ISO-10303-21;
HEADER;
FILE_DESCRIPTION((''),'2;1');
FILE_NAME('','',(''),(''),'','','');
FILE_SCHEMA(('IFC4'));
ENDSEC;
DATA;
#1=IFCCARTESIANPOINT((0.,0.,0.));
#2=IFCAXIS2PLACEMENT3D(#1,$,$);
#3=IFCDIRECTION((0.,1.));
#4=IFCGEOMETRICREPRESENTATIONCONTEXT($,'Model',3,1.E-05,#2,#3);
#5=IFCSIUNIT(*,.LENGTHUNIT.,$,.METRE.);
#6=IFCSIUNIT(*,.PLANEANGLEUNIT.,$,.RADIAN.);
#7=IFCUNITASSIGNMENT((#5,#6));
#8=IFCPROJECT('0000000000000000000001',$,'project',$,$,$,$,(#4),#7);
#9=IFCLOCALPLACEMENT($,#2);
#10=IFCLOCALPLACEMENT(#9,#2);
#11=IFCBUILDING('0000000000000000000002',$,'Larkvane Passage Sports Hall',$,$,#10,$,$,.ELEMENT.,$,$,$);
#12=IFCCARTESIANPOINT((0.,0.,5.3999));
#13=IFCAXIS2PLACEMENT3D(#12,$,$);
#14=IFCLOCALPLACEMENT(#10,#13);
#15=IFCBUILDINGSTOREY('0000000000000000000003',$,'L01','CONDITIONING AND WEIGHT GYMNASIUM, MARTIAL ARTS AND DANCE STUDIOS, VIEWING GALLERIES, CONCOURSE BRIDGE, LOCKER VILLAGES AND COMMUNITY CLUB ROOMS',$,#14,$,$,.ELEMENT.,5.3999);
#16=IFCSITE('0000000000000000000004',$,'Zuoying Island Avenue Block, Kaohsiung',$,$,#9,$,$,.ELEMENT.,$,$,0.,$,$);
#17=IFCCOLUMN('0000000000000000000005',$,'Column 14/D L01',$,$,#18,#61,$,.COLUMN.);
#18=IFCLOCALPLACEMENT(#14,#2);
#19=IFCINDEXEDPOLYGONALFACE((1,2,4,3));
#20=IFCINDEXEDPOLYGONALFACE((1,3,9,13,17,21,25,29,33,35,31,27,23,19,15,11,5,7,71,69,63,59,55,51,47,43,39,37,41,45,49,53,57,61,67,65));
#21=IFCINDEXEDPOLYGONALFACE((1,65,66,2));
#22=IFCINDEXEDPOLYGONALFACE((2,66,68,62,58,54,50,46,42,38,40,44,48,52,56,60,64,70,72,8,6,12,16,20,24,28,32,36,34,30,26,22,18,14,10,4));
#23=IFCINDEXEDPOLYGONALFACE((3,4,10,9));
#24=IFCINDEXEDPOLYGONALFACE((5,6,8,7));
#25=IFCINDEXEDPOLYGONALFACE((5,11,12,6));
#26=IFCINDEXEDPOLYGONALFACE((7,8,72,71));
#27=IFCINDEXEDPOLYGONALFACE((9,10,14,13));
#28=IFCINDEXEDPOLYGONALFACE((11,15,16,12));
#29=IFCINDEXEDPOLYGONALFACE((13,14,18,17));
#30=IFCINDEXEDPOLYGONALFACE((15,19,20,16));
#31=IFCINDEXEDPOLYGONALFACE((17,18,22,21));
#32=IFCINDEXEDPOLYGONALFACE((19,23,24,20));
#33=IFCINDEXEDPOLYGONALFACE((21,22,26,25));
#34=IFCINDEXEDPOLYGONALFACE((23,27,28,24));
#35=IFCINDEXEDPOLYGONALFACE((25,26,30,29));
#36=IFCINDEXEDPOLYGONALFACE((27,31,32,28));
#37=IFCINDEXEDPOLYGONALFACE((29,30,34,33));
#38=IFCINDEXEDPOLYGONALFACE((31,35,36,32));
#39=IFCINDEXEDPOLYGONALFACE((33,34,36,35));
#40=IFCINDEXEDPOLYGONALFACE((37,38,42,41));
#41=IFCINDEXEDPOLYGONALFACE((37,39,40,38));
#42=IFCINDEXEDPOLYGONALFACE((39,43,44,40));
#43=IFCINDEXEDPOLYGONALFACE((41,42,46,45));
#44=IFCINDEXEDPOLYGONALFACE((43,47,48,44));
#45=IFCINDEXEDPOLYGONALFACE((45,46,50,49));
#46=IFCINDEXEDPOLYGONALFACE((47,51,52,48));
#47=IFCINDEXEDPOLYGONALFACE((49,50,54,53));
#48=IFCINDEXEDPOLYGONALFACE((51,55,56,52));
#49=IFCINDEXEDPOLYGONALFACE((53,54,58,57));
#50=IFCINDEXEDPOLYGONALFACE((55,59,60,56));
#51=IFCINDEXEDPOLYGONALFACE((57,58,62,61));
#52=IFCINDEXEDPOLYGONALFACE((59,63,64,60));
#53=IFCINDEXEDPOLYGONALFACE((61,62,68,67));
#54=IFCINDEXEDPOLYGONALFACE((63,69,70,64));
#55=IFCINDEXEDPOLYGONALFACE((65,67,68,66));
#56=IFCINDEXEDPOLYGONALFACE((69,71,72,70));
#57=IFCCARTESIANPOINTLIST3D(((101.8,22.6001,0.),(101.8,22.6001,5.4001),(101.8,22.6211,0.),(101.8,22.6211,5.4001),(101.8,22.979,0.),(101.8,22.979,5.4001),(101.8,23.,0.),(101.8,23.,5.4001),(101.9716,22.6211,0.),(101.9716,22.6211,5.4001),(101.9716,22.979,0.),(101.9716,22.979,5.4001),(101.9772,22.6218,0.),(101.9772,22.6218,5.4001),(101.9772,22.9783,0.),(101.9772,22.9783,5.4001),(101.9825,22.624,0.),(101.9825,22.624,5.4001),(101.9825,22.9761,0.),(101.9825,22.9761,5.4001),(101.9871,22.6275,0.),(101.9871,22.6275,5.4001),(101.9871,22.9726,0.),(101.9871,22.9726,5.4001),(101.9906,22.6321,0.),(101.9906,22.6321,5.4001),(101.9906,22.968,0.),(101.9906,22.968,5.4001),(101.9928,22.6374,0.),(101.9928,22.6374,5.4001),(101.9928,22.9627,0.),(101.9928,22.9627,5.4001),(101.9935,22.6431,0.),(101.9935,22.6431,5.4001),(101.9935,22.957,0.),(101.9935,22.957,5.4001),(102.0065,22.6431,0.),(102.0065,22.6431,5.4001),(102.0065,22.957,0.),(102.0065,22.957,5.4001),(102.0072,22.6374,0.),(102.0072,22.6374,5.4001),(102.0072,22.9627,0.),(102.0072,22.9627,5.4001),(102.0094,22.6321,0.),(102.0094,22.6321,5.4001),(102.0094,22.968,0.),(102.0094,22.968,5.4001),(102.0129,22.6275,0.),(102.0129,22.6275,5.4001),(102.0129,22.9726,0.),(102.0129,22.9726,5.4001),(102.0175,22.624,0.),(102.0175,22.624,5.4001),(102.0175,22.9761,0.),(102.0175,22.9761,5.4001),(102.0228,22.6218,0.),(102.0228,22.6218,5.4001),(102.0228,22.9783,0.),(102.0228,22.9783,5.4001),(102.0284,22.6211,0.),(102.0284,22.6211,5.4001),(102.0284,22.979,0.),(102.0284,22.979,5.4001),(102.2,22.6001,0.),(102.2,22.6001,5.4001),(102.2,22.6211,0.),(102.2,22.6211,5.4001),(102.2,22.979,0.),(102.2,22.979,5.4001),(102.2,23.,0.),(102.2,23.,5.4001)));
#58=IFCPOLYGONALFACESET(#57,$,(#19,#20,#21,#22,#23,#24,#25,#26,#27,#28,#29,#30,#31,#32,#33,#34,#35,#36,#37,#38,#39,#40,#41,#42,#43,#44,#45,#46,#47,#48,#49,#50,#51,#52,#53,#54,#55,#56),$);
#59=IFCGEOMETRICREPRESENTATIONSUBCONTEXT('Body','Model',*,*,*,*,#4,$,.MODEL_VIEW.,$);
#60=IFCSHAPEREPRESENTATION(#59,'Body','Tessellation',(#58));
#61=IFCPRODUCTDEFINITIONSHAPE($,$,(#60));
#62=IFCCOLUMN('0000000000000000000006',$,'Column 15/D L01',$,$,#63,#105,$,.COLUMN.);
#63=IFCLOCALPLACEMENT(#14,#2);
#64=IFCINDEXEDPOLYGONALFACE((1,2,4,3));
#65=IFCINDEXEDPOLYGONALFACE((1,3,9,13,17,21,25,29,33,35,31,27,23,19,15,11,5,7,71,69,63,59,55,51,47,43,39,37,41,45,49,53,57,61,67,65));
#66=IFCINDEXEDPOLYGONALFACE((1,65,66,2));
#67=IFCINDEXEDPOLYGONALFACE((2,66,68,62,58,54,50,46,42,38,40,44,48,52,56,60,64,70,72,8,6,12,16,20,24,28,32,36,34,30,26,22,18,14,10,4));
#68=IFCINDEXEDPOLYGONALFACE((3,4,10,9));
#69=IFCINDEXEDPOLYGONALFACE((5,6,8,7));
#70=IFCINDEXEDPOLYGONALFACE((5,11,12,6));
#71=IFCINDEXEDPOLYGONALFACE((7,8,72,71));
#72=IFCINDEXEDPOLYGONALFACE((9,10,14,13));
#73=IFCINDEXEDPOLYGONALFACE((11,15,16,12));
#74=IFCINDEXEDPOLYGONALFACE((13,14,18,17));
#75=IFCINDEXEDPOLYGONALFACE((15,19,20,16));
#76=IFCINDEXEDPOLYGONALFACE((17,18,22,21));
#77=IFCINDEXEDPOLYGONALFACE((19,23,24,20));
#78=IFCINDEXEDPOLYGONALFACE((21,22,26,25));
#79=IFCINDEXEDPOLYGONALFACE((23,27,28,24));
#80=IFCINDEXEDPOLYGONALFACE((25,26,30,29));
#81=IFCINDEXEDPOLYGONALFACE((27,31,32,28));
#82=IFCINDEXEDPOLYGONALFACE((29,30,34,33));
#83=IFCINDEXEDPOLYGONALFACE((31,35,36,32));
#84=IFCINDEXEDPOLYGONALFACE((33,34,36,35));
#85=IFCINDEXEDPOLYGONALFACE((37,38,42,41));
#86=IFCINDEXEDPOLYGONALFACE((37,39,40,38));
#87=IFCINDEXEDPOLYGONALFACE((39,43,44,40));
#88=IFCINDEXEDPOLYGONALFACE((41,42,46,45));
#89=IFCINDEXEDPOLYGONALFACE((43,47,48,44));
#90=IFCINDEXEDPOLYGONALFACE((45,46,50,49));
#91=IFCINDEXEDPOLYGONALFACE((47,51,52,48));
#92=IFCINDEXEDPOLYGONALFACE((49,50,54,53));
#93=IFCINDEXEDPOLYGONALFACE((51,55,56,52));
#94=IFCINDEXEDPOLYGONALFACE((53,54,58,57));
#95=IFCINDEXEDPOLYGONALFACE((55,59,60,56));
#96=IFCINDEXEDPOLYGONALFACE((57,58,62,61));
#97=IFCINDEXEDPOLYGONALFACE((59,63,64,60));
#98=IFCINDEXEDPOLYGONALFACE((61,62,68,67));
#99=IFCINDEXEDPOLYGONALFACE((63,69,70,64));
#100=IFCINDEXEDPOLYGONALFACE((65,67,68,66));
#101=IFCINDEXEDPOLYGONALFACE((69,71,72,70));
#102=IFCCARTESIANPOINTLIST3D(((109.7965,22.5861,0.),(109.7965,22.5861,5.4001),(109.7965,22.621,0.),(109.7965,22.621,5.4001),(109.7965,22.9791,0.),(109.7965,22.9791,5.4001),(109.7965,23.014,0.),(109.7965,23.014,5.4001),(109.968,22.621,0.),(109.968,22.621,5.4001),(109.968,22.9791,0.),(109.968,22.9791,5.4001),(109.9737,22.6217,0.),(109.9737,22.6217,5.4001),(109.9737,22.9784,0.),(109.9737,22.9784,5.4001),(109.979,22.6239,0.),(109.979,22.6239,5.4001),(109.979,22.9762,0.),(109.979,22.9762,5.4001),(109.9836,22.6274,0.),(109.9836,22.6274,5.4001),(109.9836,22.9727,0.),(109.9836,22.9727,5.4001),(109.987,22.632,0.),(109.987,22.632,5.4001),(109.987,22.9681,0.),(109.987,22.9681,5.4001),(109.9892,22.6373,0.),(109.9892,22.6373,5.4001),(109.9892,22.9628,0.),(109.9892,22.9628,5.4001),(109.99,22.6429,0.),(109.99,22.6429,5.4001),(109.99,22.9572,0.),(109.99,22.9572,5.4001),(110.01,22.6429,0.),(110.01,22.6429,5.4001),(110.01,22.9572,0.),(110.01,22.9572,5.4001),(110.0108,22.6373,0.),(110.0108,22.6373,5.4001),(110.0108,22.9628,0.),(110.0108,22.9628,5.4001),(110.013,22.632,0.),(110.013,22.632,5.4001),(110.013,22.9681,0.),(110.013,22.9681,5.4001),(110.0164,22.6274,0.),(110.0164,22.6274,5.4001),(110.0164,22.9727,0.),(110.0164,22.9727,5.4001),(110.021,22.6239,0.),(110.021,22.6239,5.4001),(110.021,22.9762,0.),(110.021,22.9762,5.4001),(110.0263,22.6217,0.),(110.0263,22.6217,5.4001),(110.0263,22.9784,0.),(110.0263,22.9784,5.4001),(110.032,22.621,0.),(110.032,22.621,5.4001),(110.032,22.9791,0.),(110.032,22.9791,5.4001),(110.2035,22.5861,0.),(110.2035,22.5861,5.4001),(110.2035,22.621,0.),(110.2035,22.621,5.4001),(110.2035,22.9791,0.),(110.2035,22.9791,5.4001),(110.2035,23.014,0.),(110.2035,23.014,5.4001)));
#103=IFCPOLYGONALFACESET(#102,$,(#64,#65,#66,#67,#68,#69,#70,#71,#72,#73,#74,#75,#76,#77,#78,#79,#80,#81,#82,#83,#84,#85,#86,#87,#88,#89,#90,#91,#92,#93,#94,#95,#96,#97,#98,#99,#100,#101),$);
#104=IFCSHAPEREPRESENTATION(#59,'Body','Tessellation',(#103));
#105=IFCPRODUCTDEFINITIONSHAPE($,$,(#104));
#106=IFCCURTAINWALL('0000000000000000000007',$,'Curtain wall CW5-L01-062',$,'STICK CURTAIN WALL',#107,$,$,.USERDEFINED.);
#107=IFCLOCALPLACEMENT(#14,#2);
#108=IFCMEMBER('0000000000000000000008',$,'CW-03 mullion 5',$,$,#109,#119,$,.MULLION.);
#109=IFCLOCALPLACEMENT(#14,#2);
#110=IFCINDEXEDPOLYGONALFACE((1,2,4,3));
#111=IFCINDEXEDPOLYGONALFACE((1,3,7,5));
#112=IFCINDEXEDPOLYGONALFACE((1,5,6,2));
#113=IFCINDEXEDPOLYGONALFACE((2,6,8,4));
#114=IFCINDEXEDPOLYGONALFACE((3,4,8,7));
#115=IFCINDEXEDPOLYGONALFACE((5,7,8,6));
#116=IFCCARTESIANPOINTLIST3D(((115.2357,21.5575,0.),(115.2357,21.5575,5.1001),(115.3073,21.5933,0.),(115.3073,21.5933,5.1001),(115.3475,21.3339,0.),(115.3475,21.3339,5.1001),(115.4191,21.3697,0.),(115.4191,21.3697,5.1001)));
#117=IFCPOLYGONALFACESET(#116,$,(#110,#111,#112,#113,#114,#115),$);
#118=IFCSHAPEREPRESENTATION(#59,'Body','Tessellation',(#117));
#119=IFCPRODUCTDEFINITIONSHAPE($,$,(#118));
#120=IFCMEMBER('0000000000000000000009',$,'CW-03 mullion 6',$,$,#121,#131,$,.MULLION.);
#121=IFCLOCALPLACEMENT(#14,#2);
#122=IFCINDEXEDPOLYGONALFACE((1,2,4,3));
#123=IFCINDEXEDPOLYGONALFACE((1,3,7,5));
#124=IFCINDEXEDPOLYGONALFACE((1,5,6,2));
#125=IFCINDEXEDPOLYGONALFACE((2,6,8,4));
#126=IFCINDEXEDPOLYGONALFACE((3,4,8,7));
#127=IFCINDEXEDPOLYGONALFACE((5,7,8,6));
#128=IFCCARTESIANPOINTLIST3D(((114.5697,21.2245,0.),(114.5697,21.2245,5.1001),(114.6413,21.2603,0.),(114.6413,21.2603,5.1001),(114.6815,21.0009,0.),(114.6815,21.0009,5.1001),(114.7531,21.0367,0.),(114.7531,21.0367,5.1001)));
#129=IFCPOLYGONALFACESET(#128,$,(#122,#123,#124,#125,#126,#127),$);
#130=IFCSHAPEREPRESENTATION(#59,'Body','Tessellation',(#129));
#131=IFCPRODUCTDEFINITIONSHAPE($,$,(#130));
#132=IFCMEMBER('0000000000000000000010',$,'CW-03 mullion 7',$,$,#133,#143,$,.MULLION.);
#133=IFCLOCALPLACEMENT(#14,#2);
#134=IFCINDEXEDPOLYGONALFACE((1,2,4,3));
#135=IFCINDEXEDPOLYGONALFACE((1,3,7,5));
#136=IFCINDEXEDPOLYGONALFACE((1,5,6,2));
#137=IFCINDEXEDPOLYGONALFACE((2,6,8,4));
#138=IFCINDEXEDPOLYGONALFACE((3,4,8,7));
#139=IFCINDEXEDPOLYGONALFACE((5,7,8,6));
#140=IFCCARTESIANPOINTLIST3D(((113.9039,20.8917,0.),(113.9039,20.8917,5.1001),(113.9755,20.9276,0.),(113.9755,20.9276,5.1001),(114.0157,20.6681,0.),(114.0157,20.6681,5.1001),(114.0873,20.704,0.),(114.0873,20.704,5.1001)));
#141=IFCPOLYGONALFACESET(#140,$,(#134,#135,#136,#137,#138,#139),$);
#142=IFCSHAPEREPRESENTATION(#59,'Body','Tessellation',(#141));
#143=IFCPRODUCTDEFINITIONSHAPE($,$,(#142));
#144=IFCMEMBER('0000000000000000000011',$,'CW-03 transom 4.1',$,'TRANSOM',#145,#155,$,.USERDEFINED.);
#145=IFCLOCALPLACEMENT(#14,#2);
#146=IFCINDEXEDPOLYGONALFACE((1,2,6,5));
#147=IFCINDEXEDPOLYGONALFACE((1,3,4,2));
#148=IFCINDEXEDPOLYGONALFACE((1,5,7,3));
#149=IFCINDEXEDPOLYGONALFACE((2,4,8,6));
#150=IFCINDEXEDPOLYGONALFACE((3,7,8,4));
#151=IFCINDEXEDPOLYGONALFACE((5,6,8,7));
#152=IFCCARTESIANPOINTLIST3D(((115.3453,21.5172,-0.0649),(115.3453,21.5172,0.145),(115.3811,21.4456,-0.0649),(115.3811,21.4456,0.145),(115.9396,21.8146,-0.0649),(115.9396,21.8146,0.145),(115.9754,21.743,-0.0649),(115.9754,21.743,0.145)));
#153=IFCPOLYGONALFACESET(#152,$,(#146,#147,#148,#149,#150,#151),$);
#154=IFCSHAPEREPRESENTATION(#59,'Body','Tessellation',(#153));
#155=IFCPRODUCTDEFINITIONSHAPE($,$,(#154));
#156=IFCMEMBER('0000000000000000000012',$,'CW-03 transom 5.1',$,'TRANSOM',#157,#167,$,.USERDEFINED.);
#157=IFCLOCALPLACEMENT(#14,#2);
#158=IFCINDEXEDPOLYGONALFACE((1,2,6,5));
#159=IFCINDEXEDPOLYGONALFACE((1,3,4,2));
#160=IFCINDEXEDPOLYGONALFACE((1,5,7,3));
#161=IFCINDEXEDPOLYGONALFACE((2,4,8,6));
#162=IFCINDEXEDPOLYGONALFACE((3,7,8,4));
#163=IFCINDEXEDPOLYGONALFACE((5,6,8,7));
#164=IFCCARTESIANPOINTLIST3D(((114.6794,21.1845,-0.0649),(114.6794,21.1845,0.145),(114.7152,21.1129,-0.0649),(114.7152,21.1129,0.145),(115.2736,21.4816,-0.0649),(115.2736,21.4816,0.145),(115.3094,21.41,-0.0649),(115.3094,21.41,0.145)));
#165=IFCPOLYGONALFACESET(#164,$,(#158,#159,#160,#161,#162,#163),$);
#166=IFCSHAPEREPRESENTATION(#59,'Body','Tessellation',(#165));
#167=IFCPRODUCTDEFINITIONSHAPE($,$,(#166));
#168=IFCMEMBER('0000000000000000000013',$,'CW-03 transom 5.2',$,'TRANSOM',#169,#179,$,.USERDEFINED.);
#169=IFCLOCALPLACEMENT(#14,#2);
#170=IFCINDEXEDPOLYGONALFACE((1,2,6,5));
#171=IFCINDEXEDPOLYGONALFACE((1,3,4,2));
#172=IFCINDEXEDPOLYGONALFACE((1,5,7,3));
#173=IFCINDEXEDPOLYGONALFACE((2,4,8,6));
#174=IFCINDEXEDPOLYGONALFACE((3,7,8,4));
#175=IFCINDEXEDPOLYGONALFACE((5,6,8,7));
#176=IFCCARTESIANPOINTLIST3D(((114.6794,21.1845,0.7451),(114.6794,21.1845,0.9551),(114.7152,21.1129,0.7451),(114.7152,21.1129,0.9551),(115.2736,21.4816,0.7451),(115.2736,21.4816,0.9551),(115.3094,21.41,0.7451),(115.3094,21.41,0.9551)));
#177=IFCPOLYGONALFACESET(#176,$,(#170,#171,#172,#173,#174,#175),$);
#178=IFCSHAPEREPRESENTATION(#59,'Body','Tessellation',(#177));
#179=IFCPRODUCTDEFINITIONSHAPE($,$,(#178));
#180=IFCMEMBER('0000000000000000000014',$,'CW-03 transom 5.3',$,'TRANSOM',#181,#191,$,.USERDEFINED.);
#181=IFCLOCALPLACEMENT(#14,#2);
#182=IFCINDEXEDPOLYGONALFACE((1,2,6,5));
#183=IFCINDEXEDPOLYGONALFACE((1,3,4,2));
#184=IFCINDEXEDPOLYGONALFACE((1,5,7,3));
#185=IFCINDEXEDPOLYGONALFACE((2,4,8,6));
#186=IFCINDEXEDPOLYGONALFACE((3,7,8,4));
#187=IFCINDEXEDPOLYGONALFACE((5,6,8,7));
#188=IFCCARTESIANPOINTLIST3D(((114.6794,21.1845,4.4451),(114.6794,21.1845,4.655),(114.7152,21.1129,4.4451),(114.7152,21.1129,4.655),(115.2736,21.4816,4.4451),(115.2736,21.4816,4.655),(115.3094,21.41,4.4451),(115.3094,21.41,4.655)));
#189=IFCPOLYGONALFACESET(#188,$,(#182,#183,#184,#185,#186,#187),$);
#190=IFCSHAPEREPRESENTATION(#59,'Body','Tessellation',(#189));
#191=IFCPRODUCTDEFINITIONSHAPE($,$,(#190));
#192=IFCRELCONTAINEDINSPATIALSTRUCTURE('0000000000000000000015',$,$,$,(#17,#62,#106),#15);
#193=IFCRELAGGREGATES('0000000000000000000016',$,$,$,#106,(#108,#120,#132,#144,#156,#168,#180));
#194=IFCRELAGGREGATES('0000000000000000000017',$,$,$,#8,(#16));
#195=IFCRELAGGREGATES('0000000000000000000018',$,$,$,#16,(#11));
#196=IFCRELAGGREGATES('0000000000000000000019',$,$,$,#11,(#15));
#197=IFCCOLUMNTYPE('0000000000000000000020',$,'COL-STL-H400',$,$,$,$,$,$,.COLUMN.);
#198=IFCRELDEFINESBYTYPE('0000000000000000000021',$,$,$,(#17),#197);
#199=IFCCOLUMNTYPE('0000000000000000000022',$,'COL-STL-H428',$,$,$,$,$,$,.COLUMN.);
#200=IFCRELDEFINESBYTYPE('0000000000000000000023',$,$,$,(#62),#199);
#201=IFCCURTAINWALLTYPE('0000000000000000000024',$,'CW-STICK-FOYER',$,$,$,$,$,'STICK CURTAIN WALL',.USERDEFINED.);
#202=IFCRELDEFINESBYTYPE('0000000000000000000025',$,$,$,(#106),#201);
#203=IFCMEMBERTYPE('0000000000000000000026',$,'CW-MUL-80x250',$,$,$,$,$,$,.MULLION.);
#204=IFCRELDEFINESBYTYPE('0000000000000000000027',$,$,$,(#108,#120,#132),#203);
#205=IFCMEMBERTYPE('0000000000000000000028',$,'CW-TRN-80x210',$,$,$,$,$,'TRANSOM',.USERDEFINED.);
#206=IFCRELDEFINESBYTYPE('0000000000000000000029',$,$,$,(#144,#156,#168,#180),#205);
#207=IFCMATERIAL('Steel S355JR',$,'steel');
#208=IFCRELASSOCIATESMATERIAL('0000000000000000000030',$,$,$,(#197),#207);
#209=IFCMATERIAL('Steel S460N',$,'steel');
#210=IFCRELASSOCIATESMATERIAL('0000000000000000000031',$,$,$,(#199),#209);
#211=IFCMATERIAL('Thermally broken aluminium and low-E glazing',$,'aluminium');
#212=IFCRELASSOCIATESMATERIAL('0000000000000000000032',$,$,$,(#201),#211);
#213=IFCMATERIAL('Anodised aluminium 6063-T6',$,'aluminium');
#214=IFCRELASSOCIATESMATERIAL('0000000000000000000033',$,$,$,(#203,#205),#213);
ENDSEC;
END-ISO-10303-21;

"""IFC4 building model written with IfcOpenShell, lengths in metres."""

from ifc_helpers import new_model, si_unit, direction, frame, origin, origin_2d, place, context, subcontext, project, spatial, rectangle, i_section, extrude, material, material_profile, profile_set, type_object, element, aggregate, save


model = new_model("IFC4")

# Units and contexts
model_context = context("Model", 3, precision=1e-05, world=origin(), true_north=direction((0.0, 1.0)))
body_context = subcontext(model_context, "Body", "Model", "MODEL_VIEW")
ifc_project = project(units=[si_unit("LENGTHUNIT", "METRE"), si_unit("PLANEANGLEUNIT", "RADIAN")], contexts=[model_context])

# Site, building, storey
site_placement = place(None, origin())
site = spatial("IfcSite", under=ifc_project, at=site_placement, Name="Zuoying Island Avenue Block, Kaohsiung", CompositionType="ELEMENT", RefElevation=0.0)
building_placement = place(site_placement, origin())
building = spatial("IfcBuilding", under=site, at=building_placement, Name="Larkvane Passage Sports Hall", CompositionType="ELEMENT")
storey_placement = place(building_placement, frame((0.0, 0.0, 5.3999)))
storey = spatial("IfcBuildingStorey", under=building, at=storey_placement, Name="L01", Description="CONDITIONING AND WEIGHT GYMNASIUM, MARTIAL ARTS AND DANCE STUDIOS, VIEWING GALLERIES, CONCOURSE BRIDGE, LOCKER VILLAGES AND COMMUNITY CLUB ROOMS", CompositionType="ELEMENT", Elevation=5.3999)

# Columns
ifc_material_1 = material(Name="Steel S355JR", Category="steel")
ifc_material_profile_1 = material_profile(ifc_material_1, i_section(OverallWidth=0.3999, OverallDepth=0.3999, WebThickness=0.0129, FlangeThickness=0.021, FilletRadius=0.022, at=origin_2d()), Name="H-400x400x13x21")
ifc_profile_set_1 = profile_set([ifc_material_profile_1], Name="Steel S355JR")
column_type_1 = type_object("IfcColumnType", Name="COL-STL-H400", PredefinedType="COLUMN", material=ifc_profile_set_1)
column_1_placement = place(storey_placement, frame((102.0, 22.8, 0.0), z_axis=(0.0, 0.0, 1.0), x_axis=(1.0, 0.0, 0.0)))
element("IfcColumn", 1, at=column_1_placement, inside=storey, type_object=column_type_1, Name="Column 14/D L01", PredefinedType="COLUMN", context=body_context, shape_type="SweptSolid", body=[
    extrude(i_section(OverallWidth=0.3999, OverallDepth=0.3999, WebThickness=0.0129, FlangeThickness=0.021, FilletRadius=0.022, at=origin_2d()), origin(), (0.0, 0.0, 1.0), 5.4001),
])
ifc_material_2 = material(Name="Steel S460N", Category="steel")
ifc_material_profile_2 = material_profile(ifc_material_2, i_section(OverallWidth=0.407, OverallDepth=0.428, WebThickness=0.02, FlangeThickness=0.0349, FilletRadius=0.022, at=origin_2d()), Name="H-428x407x20x35")
ifc_profile_set_2 = profile_set([ifc_material_profile_2], Name="Steel S460N")
column_type_2 = type_object("IfcColumnType", Name="COL-STL-H428", PredefinedType="COLUMN", material=ifc_profile_set_2)
column_2_placement = place(storey_placement, frame((110.0, 22.8, 0.0), z_axis=(0.0, 0.0, 1.0), x_axis=(1.0, 0.0, 0.0)))
element("IfcColumn", 2, at=column_2_placement, inside=storey, type_object=column_type_2, Name="Column 15/D L01", PredefinedType="COLUMN", context=body_context, shape_type="SweptSolid", body=[
    extrude(i_section(OverallWidth=0.407, OverallDepth=0.428, WebThickness=0.02, FlangeThickness=0.0349, FilletRadius=0.022, at=origin_2d()), origin(), (0.0, 0.0, 1.0), 5.4001),
])

# Curtain wall, members
ifc_material_3 = material(Name="Thermally broken aluminium and low-E glazing", Category="aluminium")
curtain_wall_type = type_object("IfcCurtainWallType", Name="CW-STICK-FOYER", ElementType="STICK CURTAIN WALL", PredefinedType="USERDEFINED", material=ifc_material_3)
curtain_wall_placement = place(storey_placement, origin())
curtain_wall = element("IfcCurtainWall", 3, at=curtain_wall_placement, inside=storey, type_object=curtain_wall_type, Name="Curtain wall CW5-L01-062", ObjectType="STICK CURTAIN WALL", PredefinedType="USERDEFINED")
ifc_material_4 = material(Name="Anodised aluminium 6063-T6", Category="aluminium")
ifc_material_profile_3 = material_profile(ifc_material_4, rectangle(XDim=0.0801, YDim=0.25, at=origin_2d()), Name="ALU-MUL-80x250")
ifc_profile_set_3 = profile_set([ifc_material_profile_3], Name="Anodised aluminium 6063-T6")
member_type_1 = type_object("IfcMemberType", Name="CW-MUL-80x250", PredefinedType="MULLION", material=ifc_profile_set_3)
member_1_placement = place(storey_placement, frame((115.3274, 21.4636, 0.0), z_axis=(0.0, 0.0, 1.0), x_axis=(-0.894429, -0.447209, 0.0)))
member_1 = element("IfcMember", 4, at=member_1_placement, type_object=member_type_1, Name="CW-03 mullion 5", PredefinedType="MULLION", context=body_context, shape_type="SweptSolid", body=[
    extrude(rectangle(XDim=0.0801, YDim=0.25, at=origin_2d()), origin(), (0.0, 0.0, 1.0), 5.1001),
])
member_2_placement = place(storey_placement, frame((114.6614, 21.1306, 0.0), z_axis=(0.0, 0.0, 1.0), x_axis=(-0.894429, -0.447209, 0.0)))
member_2 = element("IfcMember", 5, at=member_2_placement, type_object=member_type_1, Name="CW-03 mullion 6", PredefinedType="MULLION", context=body_context, shape_type="SweptSolid", body=[
    extrude(rectangle(XDim=0.0801, YDim=0.25, at=origin_2d()), origin(), (0.0, 0.0, 1.0), 5.1001),
])
member_3_placement = place(storey_placement, frame((113.9956, 20.7979, 0.0), z_axis=(0.0, 0.0, 1.0), x_axis=(-0.894429, -0.447209, 0.0)))
member_3 = element("IfcMember", 6, at=member_3_placement, type_object=member_type_1, Name="CW-03 mullion 7", PredefinedType="MULLION", context=body_context, shape_type="SweptSolid", body=[
    extrude(rectangle(XDim=0.0801, YDim=0.25, at=origin_2d()), origin(), (0.0, 0.0, 1.0), 5.1001),
])
ifc_material_profile_4 = material_profile(ifc_material_4, rectangle(XDim=0.0801, YDim=0.21, at=origin_2d()), Name="ALU-TRN-80x210")
ifc_profile_set_4 = profile_set([ifc_material_profile_4], Name="Anodised aluminium 6063-T6")
member_type_2 = type_object("IfcMemberType", Name="CW-TRN-80x210", ElementType="TRANSOM", PredefinedType="USERDEFINED", material=ifc_profile_set_4)
member_4_placement = place(storey_placement, frame((115.9575, 21.7788, 0.04), z_axis=(-0.89428, -0.447508, 0.0), x_axis=(0.447508, -0.89428, 0.0)))
member_4 = element("IfcMember", 7, at=member_4_placement, type_object=member_type_2, Name="CW-03 transom 4.1", ObjectType="TRANSOM", PredefinedType="USERDEFINED", context=body_context, shape_type="SweptSolid", body=[
    extrude(rectangle(XDim=0.0801, YDim=0.21, at=origin_2d()), origin(), (0.0, 0.0, 1.0), 0.6646),
])
member_5_placement = place(storey_placement, frame((115.2915, 21.4458, 0.04), z_axis=(-0.894427, -0.447214, 0.0), x_axis=(0.447214, -0.894427, 0.0)))
member_5 = element("IfcMember", 8, at=member_5_placement, type_object=member_type_2, Name="CW-03 transom 5.1", ObjectType="TRANSOM", PredefinedType="USERDEFINED", context=body_context, shape_type="SweptSolid", body=[
    extrude(rectangle(XDim=0.0801, YDim=0.21, at=origin_2d()), origin(), (0.0, 0.0, 1.0), 0.6643),
])
member_6_placement = place(storey_placement, frame((115.2915, 21.4458, 0.8501), z_axis=(-0.894427, -0.447214, 0.0), x_axis=(0.447214, -0.894427, 0.0)))
member_6 = element("IfcMember", 9, at=member_6_placement, type_object=member_type_2, Name="CW-03 transom 5.2", ObjectType="TRANSOM", PredefinedType="USERDEFINED", context=body_context, shape_type="SweptSolid", body=[
    extrude(rectangle(XDim=0.0801, YDim=0.21, at=origin_2d()), origin(), (0.0, 0.0, 1.0), 0.6643),
])
member_7_placement = place(storey_placement, frame((115.2915, 21.4458, 4.55), z_axis=(-0.894427, -0.447214, 0.0), x_axis=(0.447214, -0.894427, 0.0)))
member_7 = element("IfcMember", 10, at=member_7_placement, type_object=member_type_2, Name="CW-03 transom 5.3", ObjectType="TRANSOM", PredefinedType="USERDEFINED", context=body_context, shape_type="SweptSolid", body=[
    extrude(rectangle(XDim=0.0801, YDim=0.21, at=origin_2d()), origin(), (0.0, 0.0, 1.0), 0.6643),
])

aggregate(curtain_wall, [member_1, member_2, member_3, member_4, member_5, member_6, member_7])

save(model, "model.ifc")
